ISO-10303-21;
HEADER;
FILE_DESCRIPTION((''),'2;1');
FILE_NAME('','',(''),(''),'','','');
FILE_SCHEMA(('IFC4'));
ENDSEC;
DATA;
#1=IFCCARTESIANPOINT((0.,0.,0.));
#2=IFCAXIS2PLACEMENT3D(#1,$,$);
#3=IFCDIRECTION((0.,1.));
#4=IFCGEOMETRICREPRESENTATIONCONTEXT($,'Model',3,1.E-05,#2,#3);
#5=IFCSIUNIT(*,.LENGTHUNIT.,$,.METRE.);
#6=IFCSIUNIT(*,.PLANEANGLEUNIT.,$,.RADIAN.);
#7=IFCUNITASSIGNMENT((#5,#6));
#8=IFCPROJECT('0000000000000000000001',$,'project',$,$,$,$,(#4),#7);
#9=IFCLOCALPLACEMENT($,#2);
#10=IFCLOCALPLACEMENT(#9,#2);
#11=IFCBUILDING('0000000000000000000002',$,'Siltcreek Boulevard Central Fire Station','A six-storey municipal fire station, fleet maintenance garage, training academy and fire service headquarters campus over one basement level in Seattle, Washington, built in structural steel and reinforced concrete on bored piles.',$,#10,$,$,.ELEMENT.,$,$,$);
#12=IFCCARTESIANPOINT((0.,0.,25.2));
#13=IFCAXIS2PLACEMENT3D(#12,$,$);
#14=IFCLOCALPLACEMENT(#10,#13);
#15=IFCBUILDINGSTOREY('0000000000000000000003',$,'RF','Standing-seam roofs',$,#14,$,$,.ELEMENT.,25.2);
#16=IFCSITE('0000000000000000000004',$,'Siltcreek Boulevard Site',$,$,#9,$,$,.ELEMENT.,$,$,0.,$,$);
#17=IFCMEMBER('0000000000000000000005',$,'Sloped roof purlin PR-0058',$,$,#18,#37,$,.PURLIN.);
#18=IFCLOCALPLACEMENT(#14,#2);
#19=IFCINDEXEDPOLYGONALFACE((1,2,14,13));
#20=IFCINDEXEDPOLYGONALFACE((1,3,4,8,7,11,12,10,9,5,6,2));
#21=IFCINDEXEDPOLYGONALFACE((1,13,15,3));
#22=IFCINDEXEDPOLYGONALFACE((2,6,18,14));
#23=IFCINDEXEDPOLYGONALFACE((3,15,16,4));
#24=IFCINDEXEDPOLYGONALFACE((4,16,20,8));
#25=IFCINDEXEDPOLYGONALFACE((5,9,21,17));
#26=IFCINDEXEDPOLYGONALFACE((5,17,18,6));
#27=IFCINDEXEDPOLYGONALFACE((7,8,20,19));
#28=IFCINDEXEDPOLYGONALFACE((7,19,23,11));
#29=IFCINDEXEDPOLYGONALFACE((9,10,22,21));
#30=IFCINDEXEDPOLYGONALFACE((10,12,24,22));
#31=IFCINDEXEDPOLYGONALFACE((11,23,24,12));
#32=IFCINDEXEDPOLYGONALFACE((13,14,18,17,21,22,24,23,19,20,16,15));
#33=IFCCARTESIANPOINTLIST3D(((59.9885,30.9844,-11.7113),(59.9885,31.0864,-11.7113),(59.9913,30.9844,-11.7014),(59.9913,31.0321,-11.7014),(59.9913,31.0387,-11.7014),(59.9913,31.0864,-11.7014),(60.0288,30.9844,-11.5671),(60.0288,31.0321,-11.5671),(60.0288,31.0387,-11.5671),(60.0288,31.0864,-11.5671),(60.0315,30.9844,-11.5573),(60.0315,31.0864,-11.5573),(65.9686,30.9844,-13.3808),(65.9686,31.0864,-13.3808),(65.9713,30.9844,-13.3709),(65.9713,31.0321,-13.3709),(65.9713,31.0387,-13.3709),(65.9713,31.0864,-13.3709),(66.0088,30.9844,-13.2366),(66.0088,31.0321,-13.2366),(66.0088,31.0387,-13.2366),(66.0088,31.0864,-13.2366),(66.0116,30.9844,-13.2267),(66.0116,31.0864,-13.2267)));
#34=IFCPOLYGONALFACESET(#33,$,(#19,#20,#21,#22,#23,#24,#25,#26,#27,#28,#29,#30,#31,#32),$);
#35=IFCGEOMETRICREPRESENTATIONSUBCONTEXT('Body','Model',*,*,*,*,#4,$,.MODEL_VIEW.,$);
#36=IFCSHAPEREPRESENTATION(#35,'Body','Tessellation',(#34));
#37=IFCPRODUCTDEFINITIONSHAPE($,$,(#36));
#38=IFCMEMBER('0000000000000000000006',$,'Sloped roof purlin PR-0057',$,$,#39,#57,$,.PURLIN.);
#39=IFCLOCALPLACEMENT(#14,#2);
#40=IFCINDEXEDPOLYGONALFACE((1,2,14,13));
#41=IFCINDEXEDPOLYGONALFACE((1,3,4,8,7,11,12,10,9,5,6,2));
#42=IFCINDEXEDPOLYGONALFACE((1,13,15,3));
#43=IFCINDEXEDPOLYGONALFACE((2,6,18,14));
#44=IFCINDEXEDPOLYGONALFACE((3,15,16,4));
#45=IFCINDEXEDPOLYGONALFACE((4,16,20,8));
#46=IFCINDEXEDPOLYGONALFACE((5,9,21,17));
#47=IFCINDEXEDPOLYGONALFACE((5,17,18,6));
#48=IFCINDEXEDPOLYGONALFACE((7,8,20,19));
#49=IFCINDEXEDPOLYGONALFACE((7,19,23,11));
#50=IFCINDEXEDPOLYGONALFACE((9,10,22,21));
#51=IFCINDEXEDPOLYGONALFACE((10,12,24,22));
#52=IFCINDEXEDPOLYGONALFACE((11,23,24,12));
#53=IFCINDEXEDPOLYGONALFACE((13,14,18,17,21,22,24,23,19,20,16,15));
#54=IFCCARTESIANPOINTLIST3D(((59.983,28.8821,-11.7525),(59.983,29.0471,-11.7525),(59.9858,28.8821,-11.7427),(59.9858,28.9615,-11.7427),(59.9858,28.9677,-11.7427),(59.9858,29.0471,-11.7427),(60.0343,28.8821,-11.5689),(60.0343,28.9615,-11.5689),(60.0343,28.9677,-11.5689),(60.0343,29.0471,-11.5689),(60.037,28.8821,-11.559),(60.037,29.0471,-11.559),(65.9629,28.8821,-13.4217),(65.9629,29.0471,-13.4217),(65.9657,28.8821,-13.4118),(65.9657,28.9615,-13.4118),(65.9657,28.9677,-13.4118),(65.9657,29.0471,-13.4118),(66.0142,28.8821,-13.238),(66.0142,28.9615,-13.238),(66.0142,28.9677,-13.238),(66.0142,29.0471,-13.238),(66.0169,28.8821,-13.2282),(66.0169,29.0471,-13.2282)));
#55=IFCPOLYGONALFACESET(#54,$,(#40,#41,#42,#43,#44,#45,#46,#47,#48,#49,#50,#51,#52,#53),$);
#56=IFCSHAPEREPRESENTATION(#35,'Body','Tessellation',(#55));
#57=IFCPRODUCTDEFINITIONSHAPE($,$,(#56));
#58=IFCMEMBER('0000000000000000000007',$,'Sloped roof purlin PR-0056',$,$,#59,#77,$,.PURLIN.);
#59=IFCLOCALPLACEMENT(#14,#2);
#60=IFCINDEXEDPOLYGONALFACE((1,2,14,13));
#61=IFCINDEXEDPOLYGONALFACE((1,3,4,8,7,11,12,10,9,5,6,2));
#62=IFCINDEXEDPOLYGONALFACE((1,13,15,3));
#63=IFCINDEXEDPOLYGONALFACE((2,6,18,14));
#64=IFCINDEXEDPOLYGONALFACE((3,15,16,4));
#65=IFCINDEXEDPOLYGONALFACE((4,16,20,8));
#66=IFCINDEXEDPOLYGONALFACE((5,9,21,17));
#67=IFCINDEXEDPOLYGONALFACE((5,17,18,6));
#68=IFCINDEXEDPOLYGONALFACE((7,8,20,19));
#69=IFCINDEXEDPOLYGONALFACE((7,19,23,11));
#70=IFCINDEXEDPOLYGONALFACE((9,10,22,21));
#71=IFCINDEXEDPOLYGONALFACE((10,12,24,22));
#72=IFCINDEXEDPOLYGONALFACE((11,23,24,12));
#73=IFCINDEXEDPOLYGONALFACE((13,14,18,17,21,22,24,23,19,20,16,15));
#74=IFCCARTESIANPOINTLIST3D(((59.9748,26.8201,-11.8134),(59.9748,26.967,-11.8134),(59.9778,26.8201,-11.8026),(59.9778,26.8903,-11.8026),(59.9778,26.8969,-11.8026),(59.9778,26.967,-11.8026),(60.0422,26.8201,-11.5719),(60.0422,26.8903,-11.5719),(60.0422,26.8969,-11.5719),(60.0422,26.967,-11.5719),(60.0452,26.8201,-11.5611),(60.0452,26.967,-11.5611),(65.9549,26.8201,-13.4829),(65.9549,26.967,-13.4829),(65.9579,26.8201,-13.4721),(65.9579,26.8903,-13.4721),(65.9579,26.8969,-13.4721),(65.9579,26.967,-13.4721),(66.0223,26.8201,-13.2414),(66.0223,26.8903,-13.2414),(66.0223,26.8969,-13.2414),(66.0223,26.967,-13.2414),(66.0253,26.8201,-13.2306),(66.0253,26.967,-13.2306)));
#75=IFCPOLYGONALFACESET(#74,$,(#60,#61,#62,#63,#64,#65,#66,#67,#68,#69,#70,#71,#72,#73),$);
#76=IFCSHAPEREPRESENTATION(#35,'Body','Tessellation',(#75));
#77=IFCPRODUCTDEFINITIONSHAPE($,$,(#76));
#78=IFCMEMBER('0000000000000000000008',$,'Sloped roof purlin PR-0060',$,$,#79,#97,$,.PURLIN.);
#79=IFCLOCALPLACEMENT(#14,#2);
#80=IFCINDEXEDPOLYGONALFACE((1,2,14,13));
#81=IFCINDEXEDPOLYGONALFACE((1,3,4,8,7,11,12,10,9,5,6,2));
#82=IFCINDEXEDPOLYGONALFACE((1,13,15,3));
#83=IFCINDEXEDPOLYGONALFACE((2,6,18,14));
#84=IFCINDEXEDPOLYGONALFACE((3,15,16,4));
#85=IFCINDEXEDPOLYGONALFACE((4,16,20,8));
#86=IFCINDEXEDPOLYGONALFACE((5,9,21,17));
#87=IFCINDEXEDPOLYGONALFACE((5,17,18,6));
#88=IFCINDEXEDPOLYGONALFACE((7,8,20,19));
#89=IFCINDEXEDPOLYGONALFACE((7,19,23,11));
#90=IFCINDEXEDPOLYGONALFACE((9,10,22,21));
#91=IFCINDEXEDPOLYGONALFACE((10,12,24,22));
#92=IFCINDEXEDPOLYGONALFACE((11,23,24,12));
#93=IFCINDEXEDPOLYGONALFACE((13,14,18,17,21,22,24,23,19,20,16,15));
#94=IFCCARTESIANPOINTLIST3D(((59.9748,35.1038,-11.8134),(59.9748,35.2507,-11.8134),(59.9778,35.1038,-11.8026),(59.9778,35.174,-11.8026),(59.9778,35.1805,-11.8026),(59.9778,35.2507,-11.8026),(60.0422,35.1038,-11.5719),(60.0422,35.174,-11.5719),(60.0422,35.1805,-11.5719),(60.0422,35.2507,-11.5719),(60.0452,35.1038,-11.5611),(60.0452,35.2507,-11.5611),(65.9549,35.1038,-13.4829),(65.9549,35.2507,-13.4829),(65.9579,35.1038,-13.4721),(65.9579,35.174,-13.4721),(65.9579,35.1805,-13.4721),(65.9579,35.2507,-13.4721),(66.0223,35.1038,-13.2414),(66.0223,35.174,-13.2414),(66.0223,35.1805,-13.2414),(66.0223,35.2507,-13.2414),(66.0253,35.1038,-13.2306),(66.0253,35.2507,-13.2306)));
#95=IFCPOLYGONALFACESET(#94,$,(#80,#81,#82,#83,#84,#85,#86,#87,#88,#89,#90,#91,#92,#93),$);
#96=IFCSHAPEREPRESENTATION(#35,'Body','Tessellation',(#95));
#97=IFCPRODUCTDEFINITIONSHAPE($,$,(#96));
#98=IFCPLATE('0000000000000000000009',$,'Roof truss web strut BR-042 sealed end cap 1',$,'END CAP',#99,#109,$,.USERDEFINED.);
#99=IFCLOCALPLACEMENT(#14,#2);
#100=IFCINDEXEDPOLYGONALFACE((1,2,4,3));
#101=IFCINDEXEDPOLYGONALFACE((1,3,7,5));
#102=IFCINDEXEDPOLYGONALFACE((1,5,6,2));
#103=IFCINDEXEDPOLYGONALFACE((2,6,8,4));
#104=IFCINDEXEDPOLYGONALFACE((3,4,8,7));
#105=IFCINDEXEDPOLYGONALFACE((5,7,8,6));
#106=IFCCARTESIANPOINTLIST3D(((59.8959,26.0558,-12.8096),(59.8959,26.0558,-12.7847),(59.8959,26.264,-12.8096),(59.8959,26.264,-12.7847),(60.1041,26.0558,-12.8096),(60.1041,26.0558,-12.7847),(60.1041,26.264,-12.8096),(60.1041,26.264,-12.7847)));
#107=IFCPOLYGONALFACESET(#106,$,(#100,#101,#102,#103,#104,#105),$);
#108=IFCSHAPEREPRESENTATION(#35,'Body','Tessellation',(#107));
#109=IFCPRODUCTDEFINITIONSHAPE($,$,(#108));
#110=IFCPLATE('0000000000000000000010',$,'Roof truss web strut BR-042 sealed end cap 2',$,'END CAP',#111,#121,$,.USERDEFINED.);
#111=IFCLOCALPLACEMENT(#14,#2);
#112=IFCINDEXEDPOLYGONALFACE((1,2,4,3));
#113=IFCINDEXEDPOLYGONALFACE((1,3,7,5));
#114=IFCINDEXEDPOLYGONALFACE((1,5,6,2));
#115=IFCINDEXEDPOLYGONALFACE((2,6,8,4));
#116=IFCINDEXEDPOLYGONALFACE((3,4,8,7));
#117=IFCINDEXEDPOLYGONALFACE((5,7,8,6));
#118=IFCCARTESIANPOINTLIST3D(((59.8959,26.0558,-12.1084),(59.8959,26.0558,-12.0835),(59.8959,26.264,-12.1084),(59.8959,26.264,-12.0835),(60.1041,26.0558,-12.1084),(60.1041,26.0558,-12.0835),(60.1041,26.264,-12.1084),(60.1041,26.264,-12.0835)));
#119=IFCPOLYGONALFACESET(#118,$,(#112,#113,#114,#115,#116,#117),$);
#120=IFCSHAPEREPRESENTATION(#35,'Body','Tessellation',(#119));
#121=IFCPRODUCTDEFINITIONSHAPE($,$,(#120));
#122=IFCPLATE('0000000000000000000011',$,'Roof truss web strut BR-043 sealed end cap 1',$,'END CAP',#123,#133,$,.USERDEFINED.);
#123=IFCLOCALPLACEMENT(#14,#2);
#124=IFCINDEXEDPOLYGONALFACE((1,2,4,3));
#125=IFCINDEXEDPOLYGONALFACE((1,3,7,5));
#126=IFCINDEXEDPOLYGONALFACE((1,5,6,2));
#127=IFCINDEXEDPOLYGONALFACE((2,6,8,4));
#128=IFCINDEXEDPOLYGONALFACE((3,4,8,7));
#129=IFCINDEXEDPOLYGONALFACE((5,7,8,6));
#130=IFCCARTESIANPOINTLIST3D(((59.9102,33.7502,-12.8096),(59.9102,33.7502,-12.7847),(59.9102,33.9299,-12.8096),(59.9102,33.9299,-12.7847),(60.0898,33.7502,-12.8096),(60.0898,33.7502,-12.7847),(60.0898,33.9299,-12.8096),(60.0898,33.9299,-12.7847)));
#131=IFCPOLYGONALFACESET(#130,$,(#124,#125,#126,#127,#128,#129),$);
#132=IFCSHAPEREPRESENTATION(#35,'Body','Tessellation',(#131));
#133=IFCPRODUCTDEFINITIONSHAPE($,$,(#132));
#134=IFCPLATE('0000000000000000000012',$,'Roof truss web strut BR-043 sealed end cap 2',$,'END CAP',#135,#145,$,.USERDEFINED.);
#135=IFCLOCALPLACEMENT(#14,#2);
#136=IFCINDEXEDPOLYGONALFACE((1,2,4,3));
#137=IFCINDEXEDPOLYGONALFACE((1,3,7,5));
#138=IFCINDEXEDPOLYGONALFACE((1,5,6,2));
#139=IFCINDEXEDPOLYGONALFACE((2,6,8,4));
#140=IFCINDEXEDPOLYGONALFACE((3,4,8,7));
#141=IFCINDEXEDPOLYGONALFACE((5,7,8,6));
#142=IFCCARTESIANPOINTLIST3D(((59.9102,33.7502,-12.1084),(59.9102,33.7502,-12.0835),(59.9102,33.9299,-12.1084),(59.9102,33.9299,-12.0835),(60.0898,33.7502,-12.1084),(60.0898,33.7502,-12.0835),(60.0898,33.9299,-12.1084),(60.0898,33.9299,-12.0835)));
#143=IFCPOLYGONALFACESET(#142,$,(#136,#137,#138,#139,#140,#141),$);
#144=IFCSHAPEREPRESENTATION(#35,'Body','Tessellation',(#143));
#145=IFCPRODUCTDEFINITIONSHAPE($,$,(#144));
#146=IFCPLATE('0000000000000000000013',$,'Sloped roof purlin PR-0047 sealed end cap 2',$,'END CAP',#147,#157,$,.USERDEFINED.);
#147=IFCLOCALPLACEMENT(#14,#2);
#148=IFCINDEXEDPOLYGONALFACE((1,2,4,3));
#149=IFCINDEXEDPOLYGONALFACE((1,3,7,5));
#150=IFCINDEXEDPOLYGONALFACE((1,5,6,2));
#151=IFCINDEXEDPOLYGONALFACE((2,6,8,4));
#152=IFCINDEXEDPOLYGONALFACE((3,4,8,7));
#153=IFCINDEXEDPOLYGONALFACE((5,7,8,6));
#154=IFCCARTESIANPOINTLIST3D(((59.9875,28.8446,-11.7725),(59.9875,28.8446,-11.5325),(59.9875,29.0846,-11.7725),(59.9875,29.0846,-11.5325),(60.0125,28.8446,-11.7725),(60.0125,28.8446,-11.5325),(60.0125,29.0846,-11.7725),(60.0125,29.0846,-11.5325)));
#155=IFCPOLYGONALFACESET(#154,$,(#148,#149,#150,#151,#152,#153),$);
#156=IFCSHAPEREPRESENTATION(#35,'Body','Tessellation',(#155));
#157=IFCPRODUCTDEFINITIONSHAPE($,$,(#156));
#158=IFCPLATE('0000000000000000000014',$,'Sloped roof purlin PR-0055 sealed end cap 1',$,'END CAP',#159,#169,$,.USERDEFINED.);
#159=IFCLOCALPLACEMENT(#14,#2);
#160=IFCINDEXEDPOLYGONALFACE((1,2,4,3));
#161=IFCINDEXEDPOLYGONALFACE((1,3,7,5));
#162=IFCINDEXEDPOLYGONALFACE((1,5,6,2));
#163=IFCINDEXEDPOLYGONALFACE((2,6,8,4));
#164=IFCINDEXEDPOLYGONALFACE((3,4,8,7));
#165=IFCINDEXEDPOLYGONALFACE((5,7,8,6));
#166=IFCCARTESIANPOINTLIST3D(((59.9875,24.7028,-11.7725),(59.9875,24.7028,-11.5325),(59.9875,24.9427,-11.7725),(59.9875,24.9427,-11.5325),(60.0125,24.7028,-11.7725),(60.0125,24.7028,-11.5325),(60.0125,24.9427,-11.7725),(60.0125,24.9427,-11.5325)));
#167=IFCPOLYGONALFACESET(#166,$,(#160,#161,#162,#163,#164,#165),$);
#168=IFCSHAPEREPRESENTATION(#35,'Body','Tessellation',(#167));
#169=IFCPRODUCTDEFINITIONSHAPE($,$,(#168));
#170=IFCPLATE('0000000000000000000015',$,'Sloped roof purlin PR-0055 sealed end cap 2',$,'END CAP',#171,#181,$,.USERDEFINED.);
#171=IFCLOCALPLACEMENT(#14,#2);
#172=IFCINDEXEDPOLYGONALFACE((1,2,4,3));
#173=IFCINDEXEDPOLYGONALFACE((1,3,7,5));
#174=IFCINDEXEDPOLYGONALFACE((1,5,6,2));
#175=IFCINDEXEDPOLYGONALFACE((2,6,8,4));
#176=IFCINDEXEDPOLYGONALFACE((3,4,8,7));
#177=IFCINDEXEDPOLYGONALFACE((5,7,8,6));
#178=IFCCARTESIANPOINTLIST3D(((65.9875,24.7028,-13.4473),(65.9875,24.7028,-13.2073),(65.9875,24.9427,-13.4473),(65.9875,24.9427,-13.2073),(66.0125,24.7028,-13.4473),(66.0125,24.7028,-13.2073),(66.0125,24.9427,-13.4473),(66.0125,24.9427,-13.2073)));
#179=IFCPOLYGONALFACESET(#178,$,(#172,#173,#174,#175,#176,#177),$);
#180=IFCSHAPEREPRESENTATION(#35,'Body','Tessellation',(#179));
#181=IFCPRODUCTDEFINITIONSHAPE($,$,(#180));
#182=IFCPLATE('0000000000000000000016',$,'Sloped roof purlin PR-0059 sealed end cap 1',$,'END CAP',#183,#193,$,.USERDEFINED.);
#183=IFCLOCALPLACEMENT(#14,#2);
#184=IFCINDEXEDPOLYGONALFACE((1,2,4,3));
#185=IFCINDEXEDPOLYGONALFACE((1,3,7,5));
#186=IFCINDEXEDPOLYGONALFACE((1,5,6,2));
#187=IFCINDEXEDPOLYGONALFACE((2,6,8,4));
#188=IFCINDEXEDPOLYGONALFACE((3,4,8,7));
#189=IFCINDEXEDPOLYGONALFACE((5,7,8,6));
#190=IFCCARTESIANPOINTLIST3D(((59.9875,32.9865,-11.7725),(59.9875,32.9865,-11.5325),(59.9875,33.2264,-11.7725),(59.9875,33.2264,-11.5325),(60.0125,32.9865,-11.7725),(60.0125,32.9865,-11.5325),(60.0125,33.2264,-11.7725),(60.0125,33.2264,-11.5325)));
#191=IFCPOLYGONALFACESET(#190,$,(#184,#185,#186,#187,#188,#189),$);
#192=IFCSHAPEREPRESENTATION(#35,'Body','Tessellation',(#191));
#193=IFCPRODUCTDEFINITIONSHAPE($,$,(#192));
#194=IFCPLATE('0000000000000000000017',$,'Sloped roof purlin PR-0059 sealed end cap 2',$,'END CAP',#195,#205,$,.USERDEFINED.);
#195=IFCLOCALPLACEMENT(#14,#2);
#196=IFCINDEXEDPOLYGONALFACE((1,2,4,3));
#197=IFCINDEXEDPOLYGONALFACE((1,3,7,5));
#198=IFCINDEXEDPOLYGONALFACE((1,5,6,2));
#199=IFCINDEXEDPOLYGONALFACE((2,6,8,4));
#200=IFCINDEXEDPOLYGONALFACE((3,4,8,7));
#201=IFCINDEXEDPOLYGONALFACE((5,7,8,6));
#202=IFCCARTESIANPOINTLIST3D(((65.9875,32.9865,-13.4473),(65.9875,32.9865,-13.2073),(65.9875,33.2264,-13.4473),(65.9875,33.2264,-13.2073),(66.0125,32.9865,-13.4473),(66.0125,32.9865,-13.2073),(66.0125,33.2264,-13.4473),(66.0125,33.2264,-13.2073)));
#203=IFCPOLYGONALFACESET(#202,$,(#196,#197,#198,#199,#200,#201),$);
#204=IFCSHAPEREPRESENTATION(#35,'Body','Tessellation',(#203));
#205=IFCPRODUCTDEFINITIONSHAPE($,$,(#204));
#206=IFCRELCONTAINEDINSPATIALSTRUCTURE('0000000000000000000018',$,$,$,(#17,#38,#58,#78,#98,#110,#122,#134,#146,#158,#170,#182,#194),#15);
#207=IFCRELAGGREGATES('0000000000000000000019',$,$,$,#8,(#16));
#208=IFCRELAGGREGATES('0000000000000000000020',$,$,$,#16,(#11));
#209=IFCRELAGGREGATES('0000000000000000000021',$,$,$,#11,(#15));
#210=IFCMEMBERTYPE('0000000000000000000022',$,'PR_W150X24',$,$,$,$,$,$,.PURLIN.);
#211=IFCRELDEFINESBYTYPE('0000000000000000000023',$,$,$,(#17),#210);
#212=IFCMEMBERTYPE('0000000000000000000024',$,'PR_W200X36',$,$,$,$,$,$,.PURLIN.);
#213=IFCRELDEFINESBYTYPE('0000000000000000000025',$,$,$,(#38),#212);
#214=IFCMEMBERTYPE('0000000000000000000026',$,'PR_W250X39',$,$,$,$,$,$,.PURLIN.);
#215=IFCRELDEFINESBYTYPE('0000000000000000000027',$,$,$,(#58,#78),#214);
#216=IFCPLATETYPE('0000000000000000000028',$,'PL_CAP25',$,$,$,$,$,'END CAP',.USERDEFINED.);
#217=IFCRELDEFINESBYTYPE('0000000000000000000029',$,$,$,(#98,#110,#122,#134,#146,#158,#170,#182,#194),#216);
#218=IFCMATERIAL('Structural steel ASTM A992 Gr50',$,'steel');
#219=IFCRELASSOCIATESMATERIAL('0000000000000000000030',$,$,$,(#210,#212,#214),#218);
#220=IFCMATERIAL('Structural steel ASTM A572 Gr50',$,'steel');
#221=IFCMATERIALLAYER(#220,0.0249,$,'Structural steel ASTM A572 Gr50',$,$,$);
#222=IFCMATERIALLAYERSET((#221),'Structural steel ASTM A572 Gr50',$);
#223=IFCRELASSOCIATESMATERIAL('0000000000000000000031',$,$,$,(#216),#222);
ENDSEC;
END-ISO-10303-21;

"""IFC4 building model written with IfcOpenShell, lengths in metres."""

from ifc_helpers import new_model, si_unit, direction, frame, origin, origin_2d, place, context, subcontext, project, spatial, rectangle, i_section, extrude, material, layer, layer_set, material_profile, profile_set, type_object, element, save


model = new_model("IFC4")

# Units and contexts
model_context = context("Model", 3, precision=1e-05, world=origin(), true_north=direction((0.0, 1.0)))
body_context = subcontext(model_context, "Body", "Model", "MODEL_VIEW")
ifc_project = project(units=[si_unit("LENGTHUNIT", "METRE"), si_unit("PLANEANGLEUNIT", "RADIAN")], contexts=[model_context])

# Site, building, storey
site_placement = place(None, origin())
site = spatial("IfcSite", under=ifc_project, at=site_placement, Name="Siltcreek Boulevard Site", CompositionType="ELEMENT", RefElevation=0.0)
building_placement = place(site_placement, origin())
building = spatial("IfcBuilding", under=site, at=building_placement, Name="Siltcreek Boulevard Central Fire Station", Description="A six-storey municipal fire station, fleet maintenance garage, training academy and fire service headquarters campus over one basement level in Seattle, Washington, built in structural steel and reinforced concrete on bored piles.", CompositionType="ELEMENT")
storey_placement = place(building_placement, frame((0.0, 0.0, 25.2)))
storey = spatial("IfcBuildingStorey", under=building, at=storey_placement, Name="RF", Description="Standing-seam roofs", CompositionType="ELEMENT", Elevation=25.2)

# Shared definitions
ifc_material_1 = material(Name="Structural steel ASTM A992 Gr50", Category="steel")

# Members
ifc_material_profile_1 = material_profile(ifc_material_1, i_section(OverallWidth=0.1021, OverallDepth=0.1599, WebThickness=0.0066, FlangeThickness=0.0103, at=origin_2d()), Name="W150X24")
ifc_profile_set_1 = profile_set([ifc_material_profile_1], Name="Structural steel ASTM A992 Gr50")
member_type_1 = type_object("IfcMemberType", Name="PR_W150X24", PredefinedType="PURLIN", material=ifc_profile_set_1)
member_1_placement = place(storey_placement, frame((60.01, 31.0354, -11.6343), z_axis=(0.963171, 0.0, -0.268889), x_axis=(0.0, 1.0, 0.0)))
element("IfcMember", 1, at=member_1_placement, inside=storey, type_object=member_type_1, Name="Sloped roof purlin PR-0058", PredefinedType="PURLIN", context=body_context, shape_type="SweptSolid", body=[
    extrude(i_section(OverallWidth=0.1021, OverallDepth=0.1599, WebThickness=0.0066, FlangeThickness=0.0103, at=origin_2d()), origin(), (0.0, 0.0, 1.0), 6.2087),
])
ifc_material_profile_2 = material_profile(ifc_material_1, i_section(OverallWidth=0.165, OverallDepth=0.2009, WebThickness=0.0061, FlangeThickness=0.0103, at=origin_2d()), Name="W200X36")
ifc_profile_set_2 = profile_set([ifc_material_profile_2], Name="Structural steel ASTM A992 Gr50")
member_type_2 = type_object("IfcMemberType", Name="PR_W200X36", PredefinedType="PURLIN", material=ifc_profile_set_2)
member_2_placement = place(storey_placement, frame((60.01, 28.9646, -11.6558), z_axis=(0.963181, 0.0, -0.268852), x_axis=(0.0, 1.0, 0.0)))
element("IfcMember", 2, at=member_2_placement, inside=storey, type_object=member_type_2, Name="Sloped roof purlin PR-0057", PredefinedType="PURLIN", context=body_context, shape_type="SweptSolid", body=[
    extrude(i_section(OverallWidth=0.165, OverallDepth=0.2009, WebThickness=0.0061, FlangeThickness=0.0103, at=origin_2d()), origin(), (0.0, 0.0, 1.0), 6.2085),
])
ifc_material_profile_3 = material_profile(ifc_material_1, i_section(OverallWidth=0.147, OverallDepth=0.262, WebThickness=0.0066, FlangeThickness=0.0112, at=origin_2d()), Name="W250X39")
ifc_profile_set_3 = profile_set([ifc_material_profile_3], Name="Structural steel ASTM A992 Gr50")
member_type_3 = type_object("IfcMemberType", Name="PR_W250X39", PredefinedType="PURLIN", material=ifc_profile_set_3)
for number, where, z_axis, x_axis, name in (
    (3, (60.01, 26.8936, -11.6873), (0.963171, 0.0, -0.268889), (0.0, 1.0, 0.0), "Sloped roof purlin PR-0056"),
    (4, (60.01, 35.1772, -11.6873), (0.963171, 0.0, -0.268889), (0.0, 1.0, 0.0), "Sloped roof purlin PR-0060"),
):
    element("IfcMember", number, at=place(storey_placement, frame(where, z_axis=z_axis, x_axis=x_axis)), inside=storey, type_object=member_type_3, Name=name, PredefinedType="PURLIN", context=body_context, shape_type="SweptSolid", body=[
        extrude(i_section(OverallWidth=0.147, OverallDepth=0.262, WebThickness=0.0066, FlangeThickness=0.0112, at=origin_2d()), origin(), (0.0, 0.0, 1.0), 6.2087),
    ])

# Plates
ifc_material_2 = material(Name="Structural steel ASTM A572 Gr50", Category="steel")
ifc_layer = layer(ifc_material_2, 0.0249, Name="Structural steel ASTM A572 Gr50")
ifc_layer_set = layer_set([ifc_layer], Name="Structural steel ASTM A572 Gr50")
plate_type = type_object("IfcPlateType", Name="PL_CAP25", ElementType="END CAP", PredefinedType="USERDEFINED", material=ifc_layer_set)
for number, where, z_axis, x_axis, name in (
    (5, (60.0, 26.1599, -12.8096), (0.0, 0.0, 1.0), (1.0, 0.0, 0.0), "Roof truss web strut BR-042 sealed end cap 1"),
    (6, (60.0, 26.1599, -12.1084), (0.0, 0.0, 1.0), (1.0, 0.0, 0.0), "Roof truss web strut BR-042 sealed end cap 2"),
):
    element("IfcPlate", number, at=place(storey_placement, frame(where, z_axis=z_axis, x_axis=x_axis)), inside=storey, type_object=plate_type, Name=name, ObjectType="END CAP", PredefinedType="USERDEFINED", context=body_context, shape_type="SweptSolid", body=[
        extrude(rectangle(XDim=0.2083, YDim=0.2083, at=origin_2d()), origin(), (0.0, 0.0, 1.0), 0.0249),
    ])
for number, where, z_axis, x_axis, name in (
    (7, (60.0, 33.8401, -12.8096), (0.0, 0.0, 1.0), (1.0, 0.0, 0.0), "Roof truss web strut BR-043 sealed end cap 1"),
    (8, (60.0, 33.8401, -12.1084), (0.0, 0.0, 1.0), (1.0, 0.0, 0.0), "Roof truss web strut BR-043 sealed end cap 2"),
):
    element("IfcPlate", number, at=place(storey_placement, frame(where, z_axis=z_axis, x_axis=x_axis)), inside=storey, type_object=plate_type, Name=name, ObjectType="END CAP", PredefinedType="USERDEFINED", context=body_context, shape_type="SweptSolid", body=[
        extrude(rectangle(XDim=0.1797, YDim=0.1797, at=origin_2d()), origin(), (0.0, 0.0, 1.0), 0.0249),
    ])
for number, where, z_axis, x_axis, name in (
    (9, (60.0, 28.9646, -11.7725), (0.0, 0.0, 1.0), (1.0, 0.0, 0.0), "Sloped roof purlin PR-0047 sealed end cap 2"),
    (10, (60.0, 24.8228, -11.7725), (0.0, 0.0, 1.0), (1.0, 0.0, 0.0), "Sloped roof purlin PR-0055 sealed end cap 1"),
    (11, (66.0, 24.8228, -13.4473), (0.0, 0.0, 1.0), (1.0, 0.0, 0.0), "Sloped roof purlin PR-0055 sealed end cap 2"),
    (12, (60.0, 33.1064, -11.7725), (0.0, 0.0, 1.0), (1.0, 0.0, 0.0), "Sloped roof purlin PR-0059 sealed end cap 1"),
    (13, (66.0, 33.1064, -13.4473), (0.0, 0.0, 1.0), (1.0, 0.0, 0.0), "Sloped roof purlin PR-0059 sealed end cap 2"),
):
    element("IfcPlate", number, at=place(storey_placement, frame(where, z_axis=z_axis, x_axis=x_axis)), inside=storey, type_object=plate_type, Name=name, ObjectType="END CAP", PredefinedType="USERDEFINED", context=body_context, shape_type="SweptSolid", body=[
        extrude(rectangle(XDim=0.0249, YDim=0.24, at=origin_2d()), origin(), (0.0, 0.0, 1.0), 0.24),
    ])

save(model, "model.ifc")
